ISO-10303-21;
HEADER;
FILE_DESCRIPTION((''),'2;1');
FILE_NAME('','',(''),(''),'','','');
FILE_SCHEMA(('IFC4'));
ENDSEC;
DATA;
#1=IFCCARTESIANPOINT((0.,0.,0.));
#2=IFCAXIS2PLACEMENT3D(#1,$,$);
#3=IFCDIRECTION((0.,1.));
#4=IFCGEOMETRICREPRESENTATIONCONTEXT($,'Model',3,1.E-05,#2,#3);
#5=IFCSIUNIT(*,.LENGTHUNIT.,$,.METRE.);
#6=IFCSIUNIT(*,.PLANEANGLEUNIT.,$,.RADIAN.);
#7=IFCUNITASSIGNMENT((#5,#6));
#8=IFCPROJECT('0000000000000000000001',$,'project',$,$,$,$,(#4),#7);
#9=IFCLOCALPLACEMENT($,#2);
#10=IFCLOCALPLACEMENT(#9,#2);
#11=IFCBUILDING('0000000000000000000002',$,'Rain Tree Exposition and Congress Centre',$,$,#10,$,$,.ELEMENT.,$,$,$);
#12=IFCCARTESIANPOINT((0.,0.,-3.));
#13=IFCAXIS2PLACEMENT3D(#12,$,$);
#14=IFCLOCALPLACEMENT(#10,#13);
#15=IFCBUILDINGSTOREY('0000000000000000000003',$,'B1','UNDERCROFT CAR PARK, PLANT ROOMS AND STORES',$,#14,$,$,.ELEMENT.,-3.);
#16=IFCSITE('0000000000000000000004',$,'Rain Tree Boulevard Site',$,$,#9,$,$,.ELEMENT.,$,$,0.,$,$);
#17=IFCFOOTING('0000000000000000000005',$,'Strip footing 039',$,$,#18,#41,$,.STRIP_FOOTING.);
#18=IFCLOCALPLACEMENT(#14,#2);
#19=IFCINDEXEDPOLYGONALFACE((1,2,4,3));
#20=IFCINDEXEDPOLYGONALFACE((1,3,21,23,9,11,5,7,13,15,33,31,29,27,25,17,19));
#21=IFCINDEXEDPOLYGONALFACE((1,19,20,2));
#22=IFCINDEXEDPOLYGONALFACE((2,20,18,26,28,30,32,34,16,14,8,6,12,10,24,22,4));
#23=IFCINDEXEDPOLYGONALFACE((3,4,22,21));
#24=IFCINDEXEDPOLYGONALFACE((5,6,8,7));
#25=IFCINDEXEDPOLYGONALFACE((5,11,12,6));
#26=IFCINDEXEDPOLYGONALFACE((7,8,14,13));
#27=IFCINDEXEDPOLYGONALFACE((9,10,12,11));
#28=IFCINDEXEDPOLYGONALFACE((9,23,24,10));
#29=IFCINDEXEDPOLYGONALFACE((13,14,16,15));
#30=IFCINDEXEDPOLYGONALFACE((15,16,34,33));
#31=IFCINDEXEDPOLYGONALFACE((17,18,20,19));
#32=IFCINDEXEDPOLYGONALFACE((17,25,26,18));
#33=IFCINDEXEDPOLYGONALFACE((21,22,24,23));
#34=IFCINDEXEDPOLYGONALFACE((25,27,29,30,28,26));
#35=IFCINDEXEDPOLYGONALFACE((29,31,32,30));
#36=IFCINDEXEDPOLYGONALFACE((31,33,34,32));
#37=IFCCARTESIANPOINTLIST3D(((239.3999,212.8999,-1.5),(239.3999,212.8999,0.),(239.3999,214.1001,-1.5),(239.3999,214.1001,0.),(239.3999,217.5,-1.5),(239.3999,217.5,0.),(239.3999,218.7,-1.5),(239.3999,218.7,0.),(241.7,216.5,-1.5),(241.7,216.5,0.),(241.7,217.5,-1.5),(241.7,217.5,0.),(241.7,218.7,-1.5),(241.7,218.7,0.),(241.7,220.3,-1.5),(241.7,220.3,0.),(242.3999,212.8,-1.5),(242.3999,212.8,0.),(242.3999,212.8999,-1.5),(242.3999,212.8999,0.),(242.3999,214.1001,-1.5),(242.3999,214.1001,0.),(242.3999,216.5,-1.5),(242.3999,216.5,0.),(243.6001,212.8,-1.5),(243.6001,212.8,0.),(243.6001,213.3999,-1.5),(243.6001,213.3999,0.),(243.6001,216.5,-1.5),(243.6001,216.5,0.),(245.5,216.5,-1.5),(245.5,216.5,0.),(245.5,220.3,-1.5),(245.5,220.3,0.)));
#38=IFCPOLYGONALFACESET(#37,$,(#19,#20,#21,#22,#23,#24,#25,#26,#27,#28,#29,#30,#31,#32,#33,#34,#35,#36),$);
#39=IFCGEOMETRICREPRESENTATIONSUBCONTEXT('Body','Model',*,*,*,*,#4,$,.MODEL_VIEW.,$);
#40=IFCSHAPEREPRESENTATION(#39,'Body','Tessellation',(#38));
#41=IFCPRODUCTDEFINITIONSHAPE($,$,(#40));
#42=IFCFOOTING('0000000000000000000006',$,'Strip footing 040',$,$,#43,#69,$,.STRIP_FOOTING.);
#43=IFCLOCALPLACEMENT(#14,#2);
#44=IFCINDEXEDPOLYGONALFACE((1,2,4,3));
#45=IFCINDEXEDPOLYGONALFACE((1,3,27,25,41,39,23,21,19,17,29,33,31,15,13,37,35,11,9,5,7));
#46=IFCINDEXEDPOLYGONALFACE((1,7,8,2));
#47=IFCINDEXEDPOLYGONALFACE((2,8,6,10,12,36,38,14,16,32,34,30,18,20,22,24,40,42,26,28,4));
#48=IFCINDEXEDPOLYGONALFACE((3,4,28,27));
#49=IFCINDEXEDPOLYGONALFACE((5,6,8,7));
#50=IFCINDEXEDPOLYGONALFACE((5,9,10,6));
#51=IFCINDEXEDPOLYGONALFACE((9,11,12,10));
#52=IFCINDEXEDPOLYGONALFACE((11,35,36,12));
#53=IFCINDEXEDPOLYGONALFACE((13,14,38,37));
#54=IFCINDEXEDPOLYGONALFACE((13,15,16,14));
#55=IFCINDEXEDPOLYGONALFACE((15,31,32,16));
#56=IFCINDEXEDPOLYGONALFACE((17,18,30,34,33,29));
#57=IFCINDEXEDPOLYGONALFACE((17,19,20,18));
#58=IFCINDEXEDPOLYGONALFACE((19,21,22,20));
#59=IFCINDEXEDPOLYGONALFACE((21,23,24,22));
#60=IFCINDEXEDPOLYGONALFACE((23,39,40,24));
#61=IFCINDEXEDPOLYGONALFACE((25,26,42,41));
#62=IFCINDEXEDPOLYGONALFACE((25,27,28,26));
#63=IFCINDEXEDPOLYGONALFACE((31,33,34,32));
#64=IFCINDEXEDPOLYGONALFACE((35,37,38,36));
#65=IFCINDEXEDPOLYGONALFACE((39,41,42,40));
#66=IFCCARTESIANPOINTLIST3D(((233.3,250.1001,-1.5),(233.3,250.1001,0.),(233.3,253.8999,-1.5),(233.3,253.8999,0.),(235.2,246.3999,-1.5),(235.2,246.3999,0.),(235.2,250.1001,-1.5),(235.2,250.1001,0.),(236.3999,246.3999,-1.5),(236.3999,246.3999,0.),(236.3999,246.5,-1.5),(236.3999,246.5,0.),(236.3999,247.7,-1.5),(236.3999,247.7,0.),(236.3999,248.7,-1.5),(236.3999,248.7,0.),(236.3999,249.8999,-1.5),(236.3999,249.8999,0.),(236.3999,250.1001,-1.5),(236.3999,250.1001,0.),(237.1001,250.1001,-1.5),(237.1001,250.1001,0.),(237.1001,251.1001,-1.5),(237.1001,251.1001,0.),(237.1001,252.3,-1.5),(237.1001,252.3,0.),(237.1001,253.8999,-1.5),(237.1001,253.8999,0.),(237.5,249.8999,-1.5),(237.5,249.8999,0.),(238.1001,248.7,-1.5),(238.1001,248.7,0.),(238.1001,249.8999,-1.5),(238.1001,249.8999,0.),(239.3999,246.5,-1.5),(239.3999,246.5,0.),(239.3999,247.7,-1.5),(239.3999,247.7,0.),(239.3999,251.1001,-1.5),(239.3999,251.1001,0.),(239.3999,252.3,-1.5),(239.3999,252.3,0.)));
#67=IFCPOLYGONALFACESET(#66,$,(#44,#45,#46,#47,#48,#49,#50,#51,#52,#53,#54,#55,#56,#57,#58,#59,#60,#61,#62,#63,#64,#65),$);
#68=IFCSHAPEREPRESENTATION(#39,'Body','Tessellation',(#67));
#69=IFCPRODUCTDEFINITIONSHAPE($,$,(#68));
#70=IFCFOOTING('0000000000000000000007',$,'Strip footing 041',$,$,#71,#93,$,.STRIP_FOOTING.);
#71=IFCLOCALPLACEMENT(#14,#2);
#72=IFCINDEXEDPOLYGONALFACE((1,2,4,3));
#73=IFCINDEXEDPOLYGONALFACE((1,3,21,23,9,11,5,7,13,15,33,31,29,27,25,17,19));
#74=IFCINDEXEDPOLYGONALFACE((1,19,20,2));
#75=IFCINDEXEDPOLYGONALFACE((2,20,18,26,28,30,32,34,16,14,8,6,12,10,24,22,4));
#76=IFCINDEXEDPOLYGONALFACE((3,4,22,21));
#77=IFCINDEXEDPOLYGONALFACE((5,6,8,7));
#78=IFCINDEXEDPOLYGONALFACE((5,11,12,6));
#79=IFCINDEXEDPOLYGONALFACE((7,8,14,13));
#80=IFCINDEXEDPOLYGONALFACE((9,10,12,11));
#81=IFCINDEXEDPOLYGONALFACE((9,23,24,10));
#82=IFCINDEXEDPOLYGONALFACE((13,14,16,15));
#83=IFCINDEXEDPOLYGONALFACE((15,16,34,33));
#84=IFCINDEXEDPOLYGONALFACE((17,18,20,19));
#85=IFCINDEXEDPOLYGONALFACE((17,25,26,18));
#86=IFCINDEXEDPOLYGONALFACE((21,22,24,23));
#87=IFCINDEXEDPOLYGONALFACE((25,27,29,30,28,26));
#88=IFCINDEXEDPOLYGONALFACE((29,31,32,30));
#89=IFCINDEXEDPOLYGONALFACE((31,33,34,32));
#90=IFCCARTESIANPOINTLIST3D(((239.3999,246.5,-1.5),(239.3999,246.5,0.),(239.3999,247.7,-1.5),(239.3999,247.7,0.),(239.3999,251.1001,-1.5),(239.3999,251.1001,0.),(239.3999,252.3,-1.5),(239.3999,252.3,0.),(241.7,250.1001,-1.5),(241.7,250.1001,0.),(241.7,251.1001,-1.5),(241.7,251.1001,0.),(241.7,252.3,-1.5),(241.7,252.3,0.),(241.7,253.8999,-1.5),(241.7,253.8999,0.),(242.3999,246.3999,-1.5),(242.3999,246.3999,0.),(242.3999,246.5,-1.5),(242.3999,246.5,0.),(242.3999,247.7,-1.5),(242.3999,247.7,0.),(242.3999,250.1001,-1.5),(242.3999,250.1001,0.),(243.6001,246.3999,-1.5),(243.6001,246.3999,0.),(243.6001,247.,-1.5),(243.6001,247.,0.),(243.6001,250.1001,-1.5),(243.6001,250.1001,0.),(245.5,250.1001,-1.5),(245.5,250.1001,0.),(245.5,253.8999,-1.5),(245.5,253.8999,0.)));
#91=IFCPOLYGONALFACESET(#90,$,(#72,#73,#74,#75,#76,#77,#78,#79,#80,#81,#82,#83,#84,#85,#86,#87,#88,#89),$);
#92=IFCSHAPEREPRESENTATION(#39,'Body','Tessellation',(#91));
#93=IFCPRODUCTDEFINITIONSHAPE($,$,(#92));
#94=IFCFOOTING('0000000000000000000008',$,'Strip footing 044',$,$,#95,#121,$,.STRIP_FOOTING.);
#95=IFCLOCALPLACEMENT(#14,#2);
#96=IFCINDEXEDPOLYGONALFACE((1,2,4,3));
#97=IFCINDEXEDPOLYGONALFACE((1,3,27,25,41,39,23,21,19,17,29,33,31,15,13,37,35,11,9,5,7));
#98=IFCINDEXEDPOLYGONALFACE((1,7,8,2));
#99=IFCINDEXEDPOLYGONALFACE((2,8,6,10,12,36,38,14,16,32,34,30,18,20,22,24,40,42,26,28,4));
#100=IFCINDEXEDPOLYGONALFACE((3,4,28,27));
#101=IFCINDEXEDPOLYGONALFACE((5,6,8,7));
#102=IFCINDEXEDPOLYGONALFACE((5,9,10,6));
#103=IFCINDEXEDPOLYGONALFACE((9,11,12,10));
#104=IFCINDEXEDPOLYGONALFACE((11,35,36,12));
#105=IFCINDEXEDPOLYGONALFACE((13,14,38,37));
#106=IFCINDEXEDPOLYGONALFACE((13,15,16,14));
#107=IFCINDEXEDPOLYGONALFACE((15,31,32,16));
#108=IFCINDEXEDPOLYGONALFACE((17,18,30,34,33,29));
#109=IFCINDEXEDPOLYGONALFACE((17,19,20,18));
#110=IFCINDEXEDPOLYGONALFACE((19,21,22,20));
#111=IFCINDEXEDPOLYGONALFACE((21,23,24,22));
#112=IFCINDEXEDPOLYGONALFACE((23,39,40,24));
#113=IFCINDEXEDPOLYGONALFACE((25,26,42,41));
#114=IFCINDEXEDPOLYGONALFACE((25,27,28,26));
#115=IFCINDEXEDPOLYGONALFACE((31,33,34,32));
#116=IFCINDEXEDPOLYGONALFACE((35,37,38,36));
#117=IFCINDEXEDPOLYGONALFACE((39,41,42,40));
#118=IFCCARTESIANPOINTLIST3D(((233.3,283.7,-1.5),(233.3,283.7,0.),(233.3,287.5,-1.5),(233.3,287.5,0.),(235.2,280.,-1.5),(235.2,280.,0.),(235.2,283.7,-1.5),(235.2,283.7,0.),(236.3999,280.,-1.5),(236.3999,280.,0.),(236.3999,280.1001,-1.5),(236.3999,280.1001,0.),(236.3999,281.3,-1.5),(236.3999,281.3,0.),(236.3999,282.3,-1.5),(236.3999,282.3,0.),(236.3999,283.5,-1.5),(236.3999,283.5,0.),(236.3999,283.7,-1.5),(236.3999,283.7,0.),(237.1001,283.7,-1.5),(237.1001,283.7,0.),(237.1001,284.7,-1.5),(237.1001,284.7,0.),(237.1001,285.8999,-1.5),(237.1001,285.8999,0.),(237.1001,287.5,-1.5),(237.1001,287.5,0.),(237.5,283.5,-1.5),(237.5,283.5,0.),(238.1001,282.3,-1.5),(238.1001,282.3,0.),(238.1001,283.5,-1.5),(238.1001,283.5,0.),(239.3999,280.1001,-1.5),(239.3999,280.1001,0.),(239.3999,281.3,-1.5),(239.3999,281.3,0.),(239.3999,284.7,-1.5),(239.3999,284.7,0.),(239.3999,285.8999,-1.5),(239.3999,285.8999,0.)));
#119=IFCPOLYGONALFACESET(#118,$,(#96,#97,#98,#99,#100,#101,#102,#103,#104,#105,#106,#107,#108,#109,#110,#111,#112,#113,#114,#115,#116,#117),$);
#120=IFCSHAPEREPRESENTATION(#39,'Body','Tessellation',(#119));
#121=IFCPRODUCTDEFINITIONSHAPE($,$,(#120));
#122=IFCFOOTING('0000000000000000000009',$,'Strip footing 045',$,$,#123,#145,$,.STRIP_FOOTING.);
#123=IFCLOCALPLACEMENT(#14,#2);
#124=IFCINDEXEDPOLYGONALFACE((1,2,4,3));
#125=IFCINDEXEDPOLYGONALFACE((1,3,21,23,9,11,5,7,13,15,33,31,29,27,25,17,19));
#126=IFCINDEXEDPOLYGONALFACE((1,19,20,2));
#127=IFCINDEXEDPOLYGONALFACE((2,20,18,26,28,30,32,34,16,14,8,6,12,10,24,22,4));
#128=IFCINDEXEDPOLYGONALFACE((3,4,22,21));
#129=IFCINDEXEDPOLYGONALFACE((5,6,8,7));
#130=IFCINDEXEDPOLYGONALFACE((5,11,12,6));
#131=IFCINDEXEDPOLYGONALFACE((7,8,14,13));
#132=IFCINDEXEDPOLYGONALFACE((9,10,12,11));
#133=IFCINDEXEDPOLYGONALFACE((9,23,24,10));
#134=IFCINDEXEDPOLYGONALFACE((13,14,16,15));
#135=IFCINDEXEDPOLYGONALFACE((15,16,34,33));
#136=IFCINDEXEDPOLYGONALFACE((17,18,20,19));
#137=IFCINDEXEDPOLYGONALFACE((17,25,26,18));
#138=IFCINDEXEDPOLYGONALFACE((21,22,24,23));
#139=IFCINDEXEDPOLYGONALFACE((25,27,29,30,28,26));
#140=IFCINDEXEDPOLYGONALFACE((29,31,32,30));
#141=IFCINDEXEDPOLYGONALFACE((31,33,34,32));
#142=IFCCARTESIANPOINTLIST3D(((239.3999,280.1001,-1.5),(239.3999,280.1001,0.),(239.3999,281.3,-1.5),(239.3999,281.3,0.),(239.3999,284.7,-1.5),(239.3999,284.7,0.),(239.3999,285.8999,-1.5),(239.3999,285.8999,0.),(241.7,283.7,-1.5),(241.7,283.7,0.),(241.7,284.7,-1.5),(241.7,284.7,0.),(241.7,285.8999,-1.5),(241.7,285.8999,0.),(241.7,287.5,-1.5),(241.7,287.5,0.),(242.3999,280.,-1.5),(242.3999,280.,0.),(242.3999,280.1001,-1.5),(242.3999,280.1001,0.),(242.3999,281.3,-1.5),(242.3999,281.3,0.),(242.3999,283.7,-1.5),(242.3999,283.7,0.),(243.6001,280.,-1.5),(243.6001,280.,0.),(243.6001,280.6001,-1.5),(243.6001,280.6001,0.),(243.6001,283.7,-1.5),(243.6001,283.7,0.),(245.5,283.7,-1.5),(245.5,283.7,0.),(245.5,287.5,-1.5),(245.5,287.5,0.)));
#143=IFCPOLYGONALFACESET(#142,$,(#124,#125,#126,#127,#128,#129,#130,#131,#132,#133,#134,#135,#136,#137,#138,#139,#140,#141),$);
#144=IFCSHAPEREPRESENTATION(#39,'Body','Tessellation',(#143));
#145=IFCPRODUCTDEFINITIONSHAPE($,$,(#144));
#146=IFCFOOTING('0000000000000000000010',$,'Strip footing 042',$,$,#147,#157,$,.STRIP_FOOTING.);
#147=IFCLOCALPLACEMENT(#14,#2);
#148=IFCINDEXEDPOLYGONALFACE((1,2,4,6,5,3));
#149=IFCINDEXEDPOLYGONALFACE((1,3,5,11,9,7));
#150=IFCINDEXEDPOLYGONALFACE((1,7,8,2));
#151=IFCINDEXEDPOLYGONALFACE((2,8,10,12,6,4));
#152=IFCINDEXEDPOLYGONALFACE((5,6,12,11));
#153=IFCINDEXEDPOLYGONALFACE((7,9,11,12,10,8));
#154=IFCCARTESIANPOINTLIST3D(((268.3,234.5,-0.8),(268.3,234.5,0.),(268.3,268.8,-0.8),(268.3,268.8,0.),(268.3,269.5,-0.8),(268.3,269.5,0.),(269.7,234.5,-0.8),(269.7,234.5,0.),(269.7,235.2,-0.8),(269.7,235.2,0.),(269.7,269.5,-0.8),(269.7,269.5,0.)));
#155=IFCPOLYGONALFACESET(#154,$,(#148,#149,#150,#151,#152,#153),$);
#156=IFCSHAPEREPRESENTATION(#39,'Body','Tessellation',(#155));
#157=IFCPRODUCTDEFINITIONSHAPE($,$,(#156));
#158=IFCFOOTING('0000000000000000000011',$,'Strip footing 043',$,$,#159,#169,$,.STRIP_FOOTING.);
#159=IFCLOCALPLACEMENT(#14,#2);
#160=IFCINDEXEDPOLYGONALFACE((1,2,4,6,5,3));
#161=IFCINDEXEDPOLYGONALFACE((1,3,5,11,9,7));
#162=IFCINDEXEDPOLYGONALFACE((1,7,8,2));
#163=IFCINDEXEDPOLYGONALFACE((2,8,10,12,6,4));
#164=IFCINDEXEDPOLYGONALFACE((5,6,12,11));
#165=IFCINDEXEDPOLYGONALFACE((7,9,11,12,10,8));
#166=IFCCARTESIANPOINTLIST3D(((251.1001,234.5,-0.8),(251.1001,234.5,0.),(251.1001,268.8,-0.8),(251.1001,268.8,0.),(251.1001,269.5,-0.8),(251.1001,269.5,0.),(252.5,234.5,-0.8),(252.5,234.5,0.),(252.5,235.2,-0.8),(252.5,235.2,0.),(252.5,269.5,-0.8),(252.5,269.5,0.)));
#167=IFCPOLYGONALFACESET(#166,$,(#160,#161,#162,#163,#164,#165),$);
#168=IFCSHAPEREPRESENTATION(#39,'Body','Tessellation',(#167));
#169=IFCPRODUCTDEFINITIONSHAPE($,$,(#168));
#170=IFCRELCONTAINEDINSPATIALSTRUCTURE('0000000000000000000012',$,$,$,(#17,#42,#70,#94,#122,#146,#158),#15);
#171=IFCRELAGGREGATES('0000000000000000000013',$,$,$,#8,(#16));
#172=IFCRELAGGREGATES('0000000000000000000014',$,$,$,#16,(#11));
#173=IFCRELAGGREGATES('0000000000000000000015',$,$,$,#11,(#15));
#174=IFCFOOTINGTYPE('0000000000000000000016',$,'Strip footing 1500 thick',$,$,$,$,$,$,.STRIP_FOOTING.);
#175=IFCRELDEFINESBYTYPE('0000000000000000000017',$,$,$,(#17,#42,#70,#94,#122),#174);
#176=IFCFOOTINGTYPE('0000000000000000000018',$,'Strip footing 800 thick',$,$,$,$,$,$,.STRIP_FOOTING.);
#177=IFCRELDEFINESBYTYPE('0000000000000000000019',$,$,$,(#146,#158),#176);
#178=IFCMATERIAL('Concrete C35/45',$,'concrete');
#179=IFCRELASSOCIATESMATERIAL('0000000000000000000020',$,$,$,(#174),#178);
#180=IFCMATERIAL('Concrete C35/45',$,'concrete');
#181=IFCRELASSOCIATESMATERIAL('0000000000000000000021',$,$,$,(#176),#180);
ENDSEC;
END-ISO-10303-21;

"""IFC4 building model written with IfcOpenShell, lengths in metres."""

from ifc_helpers import new_model, si_unit, direction, frame, origin, place, context, subcontext, project, spatial, polyline, outline, extrude, material, type_object, element, save


model = new_model("IFC4")

# Units and contexts
model_context = context("Model", 3, precision=1e-05, world=origin(), true_north=direction((0.0, 1.0)))
body_context = subcontext(model_context, "Body", "Model", "MODEL_VIEW")
ifc_project = project(units=[si_unit("LENGTHUNIT", "METRE"), si_unit("PLANEANGLEUNIT", "RADIAN")], contexts=[model_context])

# Site, building, storey
site_placement = place(None, origin())
site = spatial("IfcSite", under=ifc_project, at=site_placement, Name="Rain Tree Boulevard Site", CompositionType="ELEMENT", RefElevation=0.0)
building_placement = place(site_placement, origin())
building = spatial("IfcBuilding", under=site, at=building_placement, Name="Rain Tree Exposition and Congress Centre", CompositionType="ELEMENT")
storey_placement = place(building_placement, frame((0.0, 0.0, -3.0)))
storey = spatial("IfcBuildingStorey", under=building, at=storey_placement, Name="B1", Description="UNDERCROFT CAR PARK, PLANT ROOMS AND STORES", CompositionType="ELEMENT", Elevation=-3.0)

# Footings
ifc_material_1 = material(Name="Concrete C35/45", Category="concrete")
footing_type_1 = type_object("IfcFootingType", Name="Strip footing 1500 thick", PredefinedType="STRIP_FOOTING", material=ifc_material_1)
footing_1_placement = place(storey_placement, frame((0.0, 0.0, -1.5)))
element("IfcFooting", 1, at=footing_1_placement, inside=storey, type_object=footing_type_1, Name="Strip footing 039", PredefinedType="STRIP_FOOTING", context=body_context, shape_type="SweptSolid", body=[
    extrude(outline(polyline([(241.7, 218.7), (239.3999, 218.7), (239.3999, 217.5), (241.7, 217.5), (241.7, 216.5), (242.3999, 216.5), (242.3999, 214.1001), (239.3999, 214.1001), (239.3999, 212.8999), (242.3999, 212.8999), (242.3999, 212.8), (243.6001, 212.8), (243.6001, 213.3999), (243.6001, 216.5), (245.5, 216.5), (245.5, 220.3), (241.7, 220.3), (241.7, 218.7)])), origin(), (0.0, 0.0, 1.0), 1.5),
])
footing_2_placement = place(storey_placement, frame((0.0, 0.0, -1.5)))
element("IfcFooting", 2, at=footing_2_placement, inside=storey, type_object=footing_type_1, Name="Strip footing 040", PredefinedType="STRIP_FOOTING", context=body_context, shape_type="SweptSolid", body=[
    extrude(outline(polyline([(236.3999, 246.3999), (236.3999, 246.5), (239.3999, 246.5), (239.3999, 247.7), (236.3999, 247.7), (236.3999, 248.7), (238.1001, 248.7), (238.1001, 249.8999), (237.5, 249.8999), (236.3999, 249.8999), (236.3999, 250.1001), (237.1001, 250.1001), (237.1001, 251.1001), (239.3999, 251.1001), (239.3999, 252.3), (237.1001, 252.3), (237.1001, 253.8999), (233.3, 253.8999), (233.3, 250.1001), (235.2, 250.1001), (235.2, 246.3999), (236.3999, 246.3999)])), origin(), (0.0, 0.0, 1.0), 1.5),
])
footing_3_placement = place(storey_placement, frame((0.0, 0.0, -1.5)))
element("IfcFooting", 3, at=footing_3_placement, inside=storey, type_object=footing_type_1, Name="Strip footing 041", PredefinedType="STRIP_FOOTING", context=body_context, shape_type="SweptSolid", body=[
    extrude(outline(polyline([(241.7, 252.3), (239.3999, 252.3), (239.3999, 251.1001), (241.7, 251.1001), (241.7, 250.1001), (242.3999, 250.1001), (242.3999, 247.7), (239.3999, 247.7), (239.3999, 246.5), (242.3999, 246.5), (242.3999, 246.3999), (243.6001, 246.3999), (243.6001, 247.0), (243.6001, 250.1001), (245.5, 250.1001), (245.5, 253.8999), (241.7, 253.8999), (241.7, 252.3)])), origin(), (0.0, 0.0, 1.0), 1.5),
])
footing_4_placement = place(storey_placement, frame((0.0, 0.0, -1.5)))
element("IfcFooting", 4, at=footing_4_placement, inside=storey, type_object=footing_type_1, Name="Strip footing 044", PredefinedType="STRIP_FOOTING", context=body_context, shape_type="SweptSolid", body=[
    extrude(outline(polyline([(236.3999, 280.0), (236.3999, 280.1001), (239.3999, 280.1001), (239.3999, 281.3), (236.3999, 281.3), (236.3999, 282.3), (238.1001, 282.3), (238.1001, 283.5), (237.5, 283.5), (236.3999, 283.5), (236.3999, 283.7), (237.1001, 283.7), (237.1001, 284.7), (239.3999, 284.7), (239.3999, 285.8999), (237.1001, 285.8999), (237.1001, 287.5), (233.3, 287.5), (233.3, 283.7), (235.2, 283.7), (235.2, 280.0), (236.3999, 280.0)])), origin(), (0.0, 0.0, 1.0), 1.5),
])
footing_5_placement = place(storey_placement, frame((0.0, 0.0, -1.5)))
element("IfcFooting", 5, at=footing_5_placement, inside=storey, type_object=footing_type_1, Name="Strip footing 045", PredefinedType="STRIP_FOOTING", context=body_context, shape_type="SweptSolid", body=[
    extrude(outline(polyline([(241.7, 285.8999), (239.3999, 285.8999), (239.3999, 284.7), (241.7, 284.7), (241.7, 283.7), (242.3999, 283.7), (242.3999, 281.3), (239.3999, 281.3), (239.3999, 280.1001), (242.3999, 280.1001), (242.3999, 280.0), (243.6001, 280.0), (243.6001, 280.6001), (243.6001, 283.7), (245.5, 283.7), (245.5, 287.5), (241.7, 287.5), (241.7, 285.8999)])), origin(), (0.0, 0.0, 1.0), 1.5),
])
ifc_material_2 = material(Name="Concrete C35/45", Category="concrete")
footing_type_2 = type_object("IfcFootingType", Name="Strip footing 800 thick", PredefinedType="STRIP_FOOTING", material=ifc_material_2)
footing_6_placement = place(storey_placement, frame((0.0, 0.0, -0.8)))
element("IfcFooting", 6, at=footing_6_placement, inside=storey, type_object=footing_type_2, Name="Strip footing 042", PredefinedType="STRIP_FOOTING", context=body_context, shape_type="SweptSolid", body=[
    extrude(outline(polyline([(269.7, 235.2), (269.7, 269.5), (268.3, 269.5), (268.3, 268.8), (268.3, 234.5), (269.7, 234.5), (269.7, 235.2)])), origin(), (0.0, 0.0, 1.0), 0.8),
])
footing_7_placement = place(storey_placement, frame((0.0, 0.0, -0.8)))
element("IfcFooting", 7, at=footing_7_placement, inside=storey, type_object=footing_type_2, Name="Strip footing 043", PredefinedType="STRIP_FOOTING", context=body_context, shape_type="SweptSolid", body=[
    extrude(outline(polyline([(252.5, 235.2), (252.5, 269.5), (251.1001, 269.5), (251.1001, 268.8), (251.1001, 234.5), (252.5, 234.5), (252.5, 235.2)])), origin(), (0.0, 0.0, 1.0), 0.8),
])

save(model, "model.ifc")
